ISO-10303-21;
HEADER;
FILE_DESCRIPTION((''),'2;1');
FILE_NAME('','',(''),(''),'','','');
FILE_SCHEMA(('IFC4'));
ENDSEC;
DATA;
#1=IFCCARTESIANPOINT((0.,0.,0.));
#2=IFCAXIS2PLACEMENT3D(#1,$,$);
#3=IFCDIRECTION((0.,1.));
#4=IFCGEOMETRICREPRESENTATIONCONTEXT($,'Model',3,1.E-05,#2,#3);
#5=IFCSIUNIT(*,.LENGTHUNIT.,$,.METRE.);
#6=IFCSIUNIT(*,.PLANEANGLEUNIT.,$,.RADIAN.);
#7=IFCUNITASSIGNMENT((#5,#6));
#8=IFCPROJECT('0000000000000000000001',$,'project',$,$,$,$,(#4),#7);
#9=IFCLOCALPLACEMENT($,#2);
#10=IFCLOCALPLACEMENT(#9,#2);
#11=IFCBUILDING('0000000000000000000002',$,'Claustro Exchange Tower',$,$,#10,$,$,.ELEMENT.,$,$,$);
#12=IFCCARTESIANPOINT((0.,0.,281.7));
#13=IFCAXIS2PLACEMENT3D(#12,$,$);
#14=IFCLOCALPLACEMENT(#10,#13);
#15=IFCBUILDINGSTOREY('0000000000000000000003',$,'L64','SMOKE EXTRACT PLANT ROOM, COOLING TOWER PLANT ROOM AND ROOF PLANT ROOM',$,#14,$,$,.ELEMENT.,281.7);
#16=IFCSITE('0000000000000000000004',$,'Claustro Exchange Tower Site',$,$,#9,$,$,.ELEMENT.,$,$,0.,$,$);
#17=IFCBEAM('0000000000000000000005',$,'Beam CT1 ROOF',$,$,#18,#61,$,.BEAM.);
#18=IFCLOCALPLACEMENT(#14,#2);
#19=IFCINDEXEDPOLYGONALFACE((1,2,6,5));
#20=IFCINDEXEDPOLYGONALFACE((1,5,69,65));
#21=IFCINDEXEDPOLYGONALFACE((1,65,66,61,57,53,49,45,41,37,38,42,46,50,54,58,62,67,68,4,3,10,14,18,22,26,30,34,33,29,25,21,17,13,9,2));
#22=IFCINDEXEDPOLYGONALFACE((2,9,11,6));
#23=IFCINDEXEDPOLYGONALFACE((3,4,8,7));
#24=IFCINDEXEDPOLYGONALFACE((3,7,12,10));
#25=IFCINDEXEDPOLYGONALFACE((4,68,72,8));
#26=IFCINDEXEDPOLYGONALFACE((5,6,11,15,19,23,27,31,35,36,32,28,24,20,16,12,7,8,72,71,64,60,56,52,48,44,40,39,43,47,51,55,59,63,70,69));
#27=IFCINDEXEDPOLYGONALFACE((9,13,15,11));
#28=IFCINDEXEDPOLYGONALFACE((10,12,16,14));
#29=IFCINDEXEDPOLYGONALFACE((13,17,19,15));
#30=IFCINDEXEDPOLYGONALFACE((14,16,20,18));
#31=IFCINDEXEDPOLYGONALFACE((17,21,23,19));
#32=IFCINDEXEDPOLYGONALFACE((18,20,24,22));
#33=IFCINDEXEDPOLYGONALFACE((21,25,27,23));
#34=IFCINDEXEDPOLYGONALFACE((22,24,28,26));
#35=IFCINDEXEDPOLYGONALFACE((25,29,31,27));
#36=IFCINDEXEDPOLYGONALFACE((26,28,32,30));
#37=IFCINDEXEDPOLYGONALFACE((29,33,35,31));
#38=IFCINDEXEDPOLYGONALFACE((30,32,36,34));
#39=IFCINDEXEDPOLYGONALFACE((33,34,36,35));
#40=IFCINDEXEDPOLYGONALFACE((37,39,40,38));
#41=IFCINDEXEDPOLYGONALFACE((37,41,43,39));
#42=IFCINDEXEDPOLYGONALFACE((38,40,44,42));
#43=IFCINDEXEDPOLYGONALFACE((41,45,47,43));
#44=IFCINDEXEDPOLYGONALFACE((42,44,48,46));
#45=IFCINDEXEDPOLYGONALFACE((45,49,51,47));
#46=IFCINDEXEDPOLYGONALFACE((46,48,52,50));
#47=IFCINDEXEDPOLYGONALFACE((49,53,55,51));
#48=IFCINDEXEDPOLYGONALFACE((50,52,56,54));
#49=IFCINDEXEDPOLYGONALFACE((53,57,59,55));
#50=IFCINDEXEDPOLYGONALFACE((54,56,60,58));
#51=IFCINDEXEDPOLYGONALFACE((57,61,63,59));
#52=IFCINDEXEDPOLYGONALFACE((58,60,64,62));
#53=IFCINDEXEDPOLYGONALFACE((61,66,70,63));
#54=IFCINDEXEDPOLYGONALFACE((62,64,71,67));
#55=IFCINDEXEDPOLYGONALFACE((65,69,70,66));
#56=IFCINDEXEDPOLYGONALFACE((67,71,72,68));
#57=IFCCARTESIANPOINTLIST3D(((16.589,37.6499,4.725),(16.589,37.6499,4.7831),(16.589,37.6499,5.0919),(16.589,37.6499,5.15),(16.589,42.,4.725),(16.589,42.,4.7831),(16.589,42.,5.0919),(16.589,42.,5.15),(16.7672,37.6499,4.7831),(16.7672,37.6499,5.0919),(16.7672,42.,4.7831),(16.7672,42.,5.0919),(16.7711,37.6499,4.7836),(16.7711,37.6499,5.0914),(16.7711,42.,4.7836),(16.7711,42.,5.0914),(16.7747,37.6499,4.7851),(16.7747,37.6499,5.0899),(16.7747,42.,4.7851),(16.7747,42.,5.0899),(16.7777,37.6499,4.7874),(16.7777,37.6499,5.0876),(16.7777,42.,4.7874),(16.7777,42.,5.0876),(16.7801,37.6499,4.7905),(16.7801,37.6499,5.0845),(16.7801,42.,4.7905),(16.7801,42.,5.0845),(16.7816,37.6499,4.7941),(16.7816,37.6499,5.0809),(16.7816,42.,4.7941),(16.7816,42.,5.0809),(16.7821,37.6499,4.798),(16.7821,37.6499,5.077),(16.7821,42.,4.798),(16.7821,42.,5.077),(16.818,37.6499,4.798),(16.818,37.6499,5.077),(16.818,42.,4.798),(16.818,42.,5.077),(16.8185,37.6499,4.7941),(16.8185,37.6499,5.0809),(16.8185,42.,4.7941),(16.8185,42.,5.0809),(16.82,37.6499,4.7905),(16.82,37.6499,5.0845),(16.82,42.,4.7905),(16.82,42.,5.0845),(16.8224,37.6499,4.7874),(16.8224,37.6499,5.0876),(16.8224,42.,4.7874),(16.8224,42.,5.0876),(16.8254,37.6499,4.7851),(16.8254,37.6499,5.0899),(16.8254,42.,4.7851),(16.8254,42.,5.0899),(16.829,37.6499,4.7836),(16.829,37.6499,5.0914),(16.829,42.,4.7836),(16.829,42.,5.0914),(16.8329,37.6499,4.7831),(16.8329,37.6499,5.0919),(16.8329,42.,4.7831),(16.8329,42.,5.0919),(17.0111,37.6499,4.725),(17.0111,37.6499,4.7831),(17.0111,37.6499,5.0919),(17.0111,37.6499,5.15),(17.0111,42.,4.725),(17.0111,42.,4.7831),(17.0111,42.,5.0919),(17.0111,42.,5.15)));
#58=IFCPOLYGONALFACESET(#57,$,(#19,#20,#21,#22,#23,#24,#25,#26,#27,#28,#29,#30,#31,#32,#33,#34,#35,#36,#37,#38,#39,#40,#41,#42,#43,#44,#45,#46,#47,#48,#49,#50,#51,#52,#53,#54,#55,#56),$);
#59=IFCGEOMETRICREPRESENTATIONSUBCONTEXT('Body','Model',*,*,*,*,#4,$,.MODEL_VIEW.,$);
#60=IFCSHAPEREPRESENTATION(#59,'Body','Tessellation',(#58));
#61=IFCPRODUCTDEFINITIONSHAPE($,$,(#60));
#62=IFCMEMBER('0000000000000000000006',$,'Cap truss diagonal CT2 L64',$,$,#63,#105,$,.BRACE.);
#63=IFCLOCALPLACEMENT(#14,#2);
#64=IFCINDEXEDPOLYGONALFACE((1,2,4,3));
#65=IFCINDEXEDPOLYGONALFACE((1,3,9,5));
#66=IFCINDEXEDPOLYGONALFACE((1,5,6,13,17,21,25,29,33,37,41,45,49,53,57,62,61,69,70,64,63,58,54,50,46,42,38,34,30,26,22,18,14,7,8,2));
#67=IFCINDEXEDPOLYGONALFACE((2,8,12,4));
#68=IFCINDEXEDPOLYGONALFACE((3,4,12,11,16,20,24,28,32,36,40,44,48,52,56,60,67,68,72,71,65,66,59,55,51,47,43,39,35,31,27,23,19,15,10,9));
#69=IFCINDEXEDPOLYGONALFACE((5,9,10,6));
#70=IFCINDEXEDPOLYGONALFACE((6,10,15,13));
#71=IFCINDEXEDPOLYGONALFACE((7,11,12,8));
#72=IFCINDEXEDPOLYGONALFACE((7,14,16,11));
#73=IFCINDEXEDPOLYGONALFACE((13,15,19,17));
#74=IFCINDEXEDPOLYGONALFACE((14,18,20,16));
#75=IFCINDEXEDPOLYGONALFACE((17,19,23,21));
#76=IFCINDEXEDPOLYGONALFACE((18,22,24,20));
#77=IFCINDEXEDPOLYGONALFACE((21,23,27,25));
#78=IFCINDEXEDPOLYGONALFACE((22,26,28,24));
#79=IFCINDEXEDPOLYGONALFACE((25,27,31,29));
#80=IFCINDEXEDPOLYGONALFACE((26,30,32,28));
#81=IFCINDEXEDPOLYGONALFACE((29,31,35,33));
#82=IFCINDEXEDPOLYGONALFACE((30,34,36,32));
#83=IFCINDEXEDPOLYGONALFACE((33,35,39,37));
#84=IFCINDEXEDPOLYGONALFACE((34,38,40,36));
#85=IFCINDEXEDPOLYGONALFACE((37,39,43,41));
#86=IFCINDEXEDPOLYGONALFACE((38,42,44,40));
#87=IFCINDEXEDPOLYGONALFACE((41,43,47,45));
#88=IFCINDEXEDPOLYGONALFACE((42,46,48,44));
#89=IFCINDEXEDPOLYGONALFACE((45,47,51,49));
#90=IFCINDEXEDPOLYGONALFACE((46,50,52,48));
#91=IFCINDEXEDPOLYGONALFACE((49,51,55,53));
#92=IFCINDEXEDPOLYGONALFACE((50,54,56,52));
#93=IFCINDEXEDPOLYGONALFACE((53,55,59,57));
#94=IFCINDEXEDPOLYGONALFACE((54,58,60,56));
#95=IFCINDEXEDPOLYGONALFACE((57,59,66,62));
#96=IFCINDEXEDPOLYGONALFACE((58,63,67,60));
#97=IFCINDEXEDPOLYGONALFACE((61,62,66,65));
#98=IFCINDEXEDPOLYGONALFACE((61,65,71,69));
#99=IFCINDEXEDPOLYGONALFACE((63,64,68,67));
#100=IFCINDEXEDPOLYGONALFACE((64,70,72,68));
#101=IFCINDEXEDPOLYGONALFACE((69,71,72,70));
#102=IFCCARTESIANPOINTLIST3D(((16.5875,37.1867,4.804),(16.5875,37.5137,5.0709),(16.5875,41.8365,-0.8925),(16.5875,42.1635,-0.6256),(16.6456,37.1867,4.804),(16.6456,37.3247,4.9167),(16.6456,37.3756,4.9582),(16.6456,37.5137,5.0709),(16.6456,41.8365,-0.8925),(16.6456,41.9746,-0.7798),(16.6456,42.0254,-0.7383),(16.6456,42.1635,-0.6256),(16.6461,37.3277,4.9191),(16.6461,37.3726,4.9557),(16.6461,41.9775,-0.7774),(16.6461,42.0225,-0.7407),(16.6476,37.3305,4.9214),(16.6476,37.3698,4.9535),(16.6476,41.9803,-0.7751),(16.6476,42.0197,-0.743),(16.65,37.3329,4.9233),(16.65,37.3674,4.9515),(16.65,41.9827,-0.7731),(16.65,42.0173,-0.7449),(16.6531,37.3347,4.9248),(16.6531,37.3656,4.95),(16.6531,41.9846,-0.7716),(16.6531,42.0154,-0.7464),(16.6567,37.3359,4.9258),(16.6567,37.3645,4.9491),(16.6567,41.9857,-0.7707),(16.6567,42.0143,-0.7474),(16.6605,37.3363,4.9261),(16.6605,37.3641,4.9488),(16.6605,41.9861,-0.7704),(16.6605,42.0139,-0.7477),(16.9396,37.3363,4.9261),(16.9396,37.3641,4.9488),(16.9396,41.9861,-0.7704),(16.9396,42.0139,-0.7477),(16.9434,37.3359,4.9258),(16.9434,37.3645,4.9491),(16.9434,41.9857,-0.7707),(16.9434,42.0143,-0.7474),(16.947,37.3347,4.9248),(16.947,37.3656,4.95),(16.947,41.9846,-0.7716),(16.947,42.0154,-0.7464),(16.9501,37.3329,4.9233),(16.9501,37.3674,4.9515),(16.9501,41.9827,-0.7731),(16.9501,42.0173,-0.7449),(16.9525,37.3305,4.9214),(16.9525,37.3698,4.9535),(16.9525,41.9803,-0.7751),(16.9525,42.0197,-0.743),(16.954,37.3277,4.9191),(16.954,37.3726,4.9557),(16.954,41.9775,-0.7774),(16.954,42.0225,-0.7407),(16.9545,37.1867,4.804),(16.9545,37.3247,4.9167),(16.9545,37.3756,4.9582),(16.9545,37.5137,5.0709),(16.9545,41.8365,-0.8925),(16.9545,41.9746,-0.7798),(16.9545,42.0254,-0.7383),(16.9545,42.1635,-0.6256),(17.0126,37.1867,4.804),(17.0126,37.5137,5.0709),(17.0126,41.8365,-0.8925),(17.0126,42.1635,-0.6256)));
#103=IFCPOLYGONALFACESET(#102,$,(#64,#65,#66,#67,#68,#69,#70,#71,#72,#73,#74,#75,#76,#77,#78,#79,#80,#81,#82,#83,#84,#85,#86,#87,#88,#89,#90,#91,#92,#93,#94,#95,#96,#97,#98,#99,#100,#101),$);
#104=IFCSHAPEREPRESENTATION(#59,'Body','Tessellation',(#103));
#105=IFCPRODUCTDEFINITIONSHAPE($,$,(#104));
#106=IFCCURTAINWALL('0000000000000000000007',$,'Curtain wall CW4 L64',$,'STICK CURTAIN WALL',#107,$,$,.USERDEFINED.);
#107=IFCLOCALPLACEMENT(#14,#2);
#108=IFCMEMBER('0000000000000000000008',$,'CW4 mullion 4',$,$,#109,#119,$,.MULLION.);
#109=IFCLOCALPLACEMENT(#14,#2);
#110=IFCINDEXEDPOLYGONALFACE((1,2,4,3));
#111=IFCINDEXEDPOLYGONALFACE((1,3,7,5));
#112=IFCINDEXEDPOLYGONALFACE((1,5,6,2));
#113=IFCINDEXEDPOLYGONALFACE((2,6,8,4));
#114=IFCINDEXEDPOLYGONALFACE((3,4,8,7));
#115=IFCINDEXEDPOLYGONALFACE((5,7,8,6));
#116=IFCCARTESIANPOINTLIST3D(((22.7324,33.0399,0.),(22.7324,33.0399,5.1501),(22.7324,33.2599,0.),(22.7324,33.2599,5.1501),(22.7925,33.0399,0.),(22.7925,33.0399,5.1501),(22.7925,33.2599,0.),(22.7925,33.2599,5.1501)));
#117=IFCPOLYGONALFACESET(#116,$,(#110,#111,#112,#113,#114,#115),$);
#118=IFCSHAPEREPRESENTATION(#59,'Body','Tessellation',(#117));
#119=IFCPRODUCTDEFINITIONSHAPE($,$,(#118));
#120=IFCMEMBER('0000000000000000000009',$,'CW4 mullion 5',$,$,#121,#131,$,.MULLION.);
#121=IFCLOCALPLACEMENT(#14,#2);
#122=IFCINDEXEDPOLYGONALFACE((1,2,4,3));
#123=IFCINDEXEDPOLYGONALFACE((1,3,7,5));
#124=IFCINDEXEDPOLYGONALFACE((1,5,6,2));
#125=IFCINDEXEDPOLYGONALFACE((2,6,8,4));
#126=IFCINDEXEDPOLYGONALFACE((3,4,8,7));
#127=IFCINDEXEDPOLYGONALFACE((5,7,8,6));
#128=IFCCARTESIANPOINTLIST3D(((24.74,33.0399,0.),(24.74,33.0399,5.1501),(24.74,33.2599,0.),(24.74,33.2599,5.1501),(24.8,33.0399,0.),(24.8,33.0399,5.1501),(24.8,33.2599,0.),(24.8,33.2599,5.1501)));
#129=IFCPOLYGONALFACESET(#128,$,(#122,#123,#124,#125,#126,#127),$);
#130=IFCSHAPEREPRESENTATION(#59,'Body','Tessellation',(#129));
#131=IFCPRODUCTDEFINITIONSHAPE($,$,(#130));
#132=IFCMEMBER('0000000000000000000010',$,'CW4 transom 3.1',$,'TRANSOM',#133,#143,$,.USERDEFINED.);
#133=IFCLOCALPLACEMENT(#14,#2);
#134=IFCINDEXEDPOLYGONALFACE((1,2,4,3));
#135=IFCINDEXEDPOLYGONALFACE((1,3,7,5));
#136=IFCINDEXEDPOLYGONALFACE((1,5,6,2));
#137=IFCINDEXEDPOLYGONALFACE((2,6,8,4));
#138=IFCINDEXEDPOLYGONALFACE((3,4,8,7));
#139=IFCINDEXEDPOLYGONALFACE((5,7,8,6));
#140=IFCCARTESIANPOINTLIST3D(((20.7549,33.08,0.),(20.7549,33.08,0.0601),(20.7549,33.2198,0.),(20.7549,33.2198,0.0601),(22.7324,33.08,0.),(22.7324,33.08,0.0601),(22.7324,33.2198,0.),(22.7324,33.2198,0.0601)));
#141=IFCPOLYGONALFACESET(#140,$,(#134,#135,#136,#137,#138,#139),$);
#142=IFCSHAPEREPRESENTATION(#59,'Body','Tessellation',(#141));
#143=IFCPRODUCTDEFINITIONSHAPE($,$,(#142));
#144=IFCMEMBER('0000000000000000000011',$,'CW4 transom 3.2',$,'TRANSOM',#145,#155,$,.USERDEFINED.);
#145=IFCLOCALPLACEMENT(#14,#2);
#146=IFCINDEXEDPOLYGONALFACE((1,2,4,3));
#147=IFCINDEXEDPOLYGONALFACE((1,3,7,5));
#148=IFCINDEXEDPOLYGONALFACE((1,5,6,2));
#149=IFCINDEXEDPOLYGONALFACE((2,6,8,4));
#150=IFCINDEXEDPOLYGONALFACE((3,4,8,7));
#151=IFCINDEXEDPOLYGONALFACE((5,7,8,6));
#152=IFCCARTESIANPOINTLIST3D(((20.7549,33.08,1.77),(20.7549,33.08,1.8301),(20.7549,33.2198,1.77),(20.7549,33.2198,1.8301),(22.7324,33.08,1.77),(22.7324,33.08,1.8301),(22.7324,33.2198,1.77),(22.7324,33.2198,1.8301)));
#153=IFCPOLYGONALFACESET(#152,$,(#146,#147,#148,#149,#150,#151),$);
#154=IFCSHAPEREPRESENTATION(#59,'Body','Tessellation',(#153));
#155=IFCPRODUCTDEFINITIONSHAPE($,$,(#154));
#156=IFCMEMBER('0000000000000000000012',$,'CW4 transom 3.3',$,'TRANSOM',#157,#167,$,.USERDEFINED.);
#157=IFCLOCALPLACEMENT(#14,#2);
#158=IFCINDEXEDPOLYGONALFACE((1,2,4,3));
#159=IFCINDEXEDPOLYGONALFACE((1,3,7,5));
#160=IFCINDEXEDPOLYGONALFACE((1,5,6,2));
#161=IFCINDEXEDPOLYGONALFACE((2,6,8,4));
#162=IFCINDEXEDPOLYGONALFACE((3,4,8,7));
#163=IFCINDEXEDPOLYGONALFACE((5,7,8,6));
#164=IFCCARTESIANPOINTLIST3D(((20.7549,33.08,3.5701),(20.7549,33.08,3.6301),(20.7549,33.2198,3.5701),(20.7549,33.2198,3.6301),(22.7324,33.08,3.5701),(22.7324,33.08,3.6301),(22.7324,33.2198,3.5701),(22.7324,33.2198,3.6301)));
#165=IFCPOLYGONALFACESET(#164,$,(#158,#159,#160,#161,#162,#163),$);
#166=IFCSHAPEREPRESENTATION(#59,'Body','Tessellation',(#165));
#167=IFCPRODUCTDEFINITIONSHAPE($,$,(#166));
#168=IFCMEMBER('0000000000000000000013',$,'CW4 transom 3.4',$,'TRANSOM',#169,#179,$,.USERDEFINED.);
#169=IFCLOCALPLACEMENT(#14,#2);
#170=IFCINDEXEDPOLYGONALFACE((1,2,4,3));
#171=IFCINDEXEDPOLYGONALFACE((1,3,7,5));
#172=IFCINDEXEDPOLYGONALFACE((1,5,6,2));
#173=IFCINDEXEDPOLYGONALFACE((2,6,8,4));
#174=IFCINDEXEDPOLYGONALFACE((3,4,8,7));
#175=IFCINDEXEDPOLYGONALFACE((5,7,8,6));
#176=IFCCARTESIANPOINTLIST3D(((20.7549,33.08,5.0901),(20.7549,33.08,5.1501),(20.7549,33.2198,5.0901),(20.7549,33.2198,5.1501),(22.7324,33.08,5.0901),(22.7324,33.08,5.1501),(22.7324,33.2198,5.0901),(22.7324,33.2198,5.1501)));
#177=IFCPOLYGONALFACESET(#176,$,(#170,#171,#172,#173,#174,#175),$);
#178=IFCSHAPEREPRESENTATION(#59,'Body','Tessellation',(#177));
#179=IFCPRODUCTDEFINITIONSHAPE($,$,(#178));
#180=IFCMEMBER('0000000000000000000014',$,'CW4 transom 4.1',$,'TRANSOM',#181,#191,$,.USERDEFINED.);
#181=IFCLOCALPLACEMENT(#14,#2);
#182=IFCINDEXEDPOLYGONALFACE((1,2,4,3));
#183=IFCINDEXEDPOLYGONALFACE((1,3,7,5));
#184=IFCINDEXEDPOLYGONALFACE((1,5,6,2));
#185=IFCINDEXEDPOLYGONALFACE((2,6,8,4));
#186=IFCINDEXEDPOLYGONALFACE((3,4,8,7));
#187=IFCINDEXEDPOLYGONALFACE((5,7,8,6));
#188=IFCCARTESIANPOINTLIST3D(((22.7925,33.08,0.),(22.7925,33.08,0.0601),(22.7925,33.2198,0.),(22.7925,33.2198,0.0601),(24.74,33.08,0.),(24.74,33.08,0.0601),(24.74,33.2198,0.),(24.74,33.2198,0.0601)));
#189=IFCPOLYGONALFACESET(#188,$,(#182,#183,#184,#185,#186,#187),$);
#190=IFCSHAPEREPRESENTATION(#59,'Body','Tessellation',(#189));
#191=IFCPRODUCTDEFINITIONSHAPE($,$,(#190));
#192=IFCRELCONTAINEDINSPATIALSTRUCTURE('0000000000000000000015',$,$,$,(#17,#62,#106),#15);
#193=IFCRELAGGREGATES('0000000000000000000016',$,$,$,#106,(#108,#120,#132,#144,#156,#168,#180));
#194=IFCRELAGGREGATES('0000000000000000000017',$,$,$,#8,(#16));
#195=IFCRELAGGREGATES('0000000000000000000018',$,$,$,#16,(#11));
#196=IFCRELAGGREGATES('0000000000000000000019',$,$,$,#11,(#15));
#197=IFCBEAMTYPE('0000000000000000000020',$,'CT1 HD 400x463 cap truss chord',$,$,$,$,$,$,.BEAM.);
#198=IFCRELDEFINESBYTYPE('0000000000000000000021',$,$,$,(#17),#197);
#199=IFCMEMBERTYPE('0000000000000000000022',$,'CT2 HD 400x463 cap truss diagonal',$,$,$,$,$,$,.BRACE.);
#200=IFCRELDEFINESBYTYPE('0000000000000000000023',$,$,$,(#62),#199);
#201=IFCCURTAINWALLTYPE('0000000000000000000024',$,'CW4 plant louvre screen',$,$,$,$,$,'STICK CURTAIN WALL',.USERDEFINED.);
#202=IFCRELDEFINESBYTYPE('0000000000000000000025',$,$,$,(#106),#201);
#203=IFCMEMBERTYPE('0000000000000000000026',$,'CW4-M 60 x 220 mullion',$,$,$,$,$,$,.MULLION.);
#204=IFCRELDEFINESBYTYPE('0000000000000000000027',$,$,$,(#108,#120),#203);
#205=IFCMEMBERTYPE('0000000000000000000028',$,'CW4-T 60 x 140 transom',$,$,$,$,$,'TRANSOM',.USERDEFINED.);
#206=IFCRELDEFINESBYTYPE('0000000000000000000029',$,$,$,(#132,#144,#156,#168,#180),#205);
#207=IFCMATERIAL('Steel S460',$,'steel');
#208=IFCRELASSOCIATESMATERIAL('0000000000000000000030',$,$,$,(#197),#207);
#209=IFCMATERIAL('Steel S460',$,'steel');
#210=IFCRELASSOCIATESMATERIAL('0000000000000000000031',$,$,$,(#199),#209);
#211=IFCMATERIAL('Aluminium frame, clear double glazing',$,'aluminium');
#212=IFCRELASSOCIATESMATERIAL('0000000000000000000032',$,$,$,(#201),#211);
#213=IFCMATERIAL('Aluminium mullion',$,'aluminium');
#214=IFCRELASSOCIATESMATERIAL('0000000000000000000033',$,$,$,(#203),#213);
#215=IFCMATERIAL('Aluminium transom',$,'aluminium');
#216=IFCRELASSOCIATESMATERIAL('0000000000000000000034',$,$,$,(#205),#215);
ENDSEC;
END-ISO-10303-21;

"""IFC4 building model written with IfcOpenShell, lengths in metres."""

from ifc_helpers import new_model, si_unit, direction, frame, origin, origin_2d, place, context, subcontext, project, spatial, rectangle, i_section, extrude, material, material_profile, profile_set, type_object, element, aggregate, save


model = new_model("IFC4")

# Units and contexts
model_context = context("Model", 3, precision=1e-05, world=origin(), true_north=direction((0.0, 1.0)))
body_context = subcontext(model_context, "Body", "Model", "MODEL_VIEW")
ifc_project = project(units=[si_unit("LENGTHUNIT", "METRE"), si_unit("PLANEANGLEUNIT", "RADIAN")], contexts=[model_context])

# Site, building, storey
site_placement = place(None, origin())
site = spatial("IfcSite", under=ifc_project, at=site_placement, Name="Claustro Exchange Tower Site", CompositionType="ELEMENT", RefElevation=0.0)
building_placement = place(site_placement, origin())
building = spatial("IfcBuilding", under=site, at=building_placement, Name="Claustro Exchange Tower", CompositionType="ELEMENT")
storey_placement = place(building_placement, frame((0.0, 0.0, 281.7)))
storey = spatial("IfcBuildingStorey", under=building, at=storey_placement, Name="L64", Description="SMOKE EXTRACT PLANT ROOM, COOLING TOWER PLANT ROOM AND ROOF PLANT ROOM", CompositionType="ELEMENT", Elevation=281.7)

# Beam
ifc_material_1 = material(Name="Steel S460", Category="steel")
ifc_material_profile_1 = material_profile(ifc_material_1, i_section(OverallWidth=0.4221, OverallDepth=0.425, WebThickness=0.0359, FlangeThickness=0.0581, FilletRadius=0.0149, at=origin_2d()), Name="HD 400x463")
ifc_profile_set_1 = profile_set([ifc_material_profile_1], Name="Steel S460")
beam_type_1 = type_object("IfcBeamType", Name="CT1 HD 400x463 cap truss chord", PredefinedType="BEAM", material=ifc_profile_set_1)
beam_1_placement = place(storey_placement, frame((16.8, 37.6499, 4.9375), z_axis=(0.0, 1.0, 0.0), x_axis=(-1.0, 0.0, 0.0)))
element("IfcBeam", 1, at=beam_1_placement, inside=storey, type_object=beam_type_1, Name="Beam CT1 ROOF", PredefinedType="BEAM", context=body_context, shape_type="SweptSolid", body=[
    extrude(i_section(OverallWidth=0.4221, OverallDepth=0.425, WebThickness=0.0359, FlangeThickness=0.0581, FilletRadius=0.0149, at=origin_2d()), origin(), (0.0, 0.0, 1.0), 4.3501),
])

# Member
ifc_material_2 = material(Name="Steel S460", Category="steel")
ifc_material_profile_2 = material_profile(ifc_material_2, i_section(OverallWidth=0.4221, OverallDepth=0.425, WebThickness=0.0359, FlangeThickness=0.0581, FilletRadius=0.0149, at=origin_2d()), Name="HD 400x463")
ifc_profile_set_2 = profile_set([ifc_material_profile_2], Name="Steel S460")
member_type_1 = type_object("IfcMemberType", Name="CT2 HD 400x463 cap truss diagonal", PredefinedType="BRACE", material=ifc_profile_set_2)
member_1_placement = place(storey_placement, frame((16.8, 42.0, -0.759), z_axis=(0.0, -0.63235, 0.774683), x_axis=(0.0, 0.774683, 0.63235)))
element("IfcMember", 2, at=member_1_placement, inside=storey, type_object=member_type_1, Name="Cap truss diagonal CT2 L64", PredefinedType="BRACE", context=body_context, shape_type="SweptSolid", body=[
    extrude(i_section(OverallWidth=0.4221, OverallDepth=0.425, WebThickness=0.0359, FlangeThickness=0.0581, FilletRadius=0.0149, at=origin_2d()), origin(), (0.0, 0.0, 1.0), 7.3533),
])

# Curtain wall, members
ifc_material_3 = material(Name="Aluminium frame, clear double glazing", Category="aluminium")
curtain_wall_type = type_object("IfcCurtainWallType", Name="CW4 plant louvre screen", ElementType="STICK CURTAIN WALL", PredefinedType="USERDEFINED", material=ifc_material_3)
curtain_wall_placement = place(storey_placement, origin())
curtain_wall = element("IfcCurtainWall", 3, at=curtain_wall_placement, inside=storey, type_object=curtain_wall_type, Name="Curtain wall CW4 L64", ObjectType="STICK CURTAIN WALL", PredefinedType="USERDEFINED")
ifc_material_4 = material(Name="Aluminium mullion", Category="aluminium")
ifc_material_profile_3 = material_profile(ifc_material_4, rectangle(XDim=0.22, YDim=0.0601, at=origin_2d()), Name="CW4-M 60x220")
ifc_profile_set_3 = profile_set([ifc_material_profile_3], Name="Aluminium mullion")
member_type_2 = type_object("IfcMemberType", Name="CW4-M 60 x 220 mullion", PredefinedType="MULLION", material=ifc_profile_set_3)
member_2_placement = place(storey_placement, frame((22.7625, 33.1499, 0.0), z_axis=(0.0, 0.0, 1.0), x_axis=(0.0, 1.0, 0.0)))
member_2 = element("IfcMember", 4, at=member_2_placement, type_object=member_type_2, Name="CW4 mullion 4", PredefinedType="MULLION", context=body_context, shape_type="SweptSolid", body=[
    extrude(rectangle(XDim=0.22, YDim=0.0601, at=origin_2d()), origin(), (0.0, 0.0, 1.0), 5.1501),
])
member_3_placement = place(storey_placement, frame((24.77, 33.1499, 0.0), z_axis=(0.0, 0.0, 1.0), x_axis=(0.0, 1.0, 0.0)))
member_3 = element("IfcMember", 5, at=member_3_placement, type_object=member_type_2, Name="CW4 mullion 5", PredefinedType="MULLION", context=body_context, shape_type="SweptSolid", body=[
    extrude(rectangle(XDim=0.22, YDim=0.0601, at=origin_2d()), origin(), (0.0, 0.0, 1.0), 5.1501),
])
ifc_material_5 = material(Name="Aluminium transom", Category="aluminium")
ifc_material_profile_4 = material_profile(ifc_material_5, rectangle(XDim=0.1399, YDim=0.0601, at=origin_2d()), Name="CW4-T 60x140")
ifc_profile_set_4 = profile_set([ifc_material_profile_4], Name="Aluminium transom")
member_type_3 = type_object("IfcMemberType", Name="CW4-T 60 x 140 transom", ElementType="TRANSOM", PredefinedType="USERDEFINED", material=ifc_profile_set_4)
member_4_placement = place(storey_placement, frame((20.7549, 33.1499, 0.03), z_axis=(1.0, 0.0, 0.0), x_axis=(0.0, 1.0, 0.0)))
member_4 = element("IfcMember", 6, at=member_4_placement, type_object=member_type_3, Name="CW4 transom 3.1", ObjectType="TRANSOM", PredefinedType="USERDEFINED", context=body_context, shape_type="SweptSolid", body=[
    extrude(rectangle(XDim=0.1399, YDim=0.0601, at=origin_2d()), origin(), (0.0, 0.0, 1.0), 1.9775),
])
member_5_placement = place(storey_placement, frame((20.7549, 33.1499, 1.8), z_axis=(1.0, 0.0, 0.0), x_axis=(0.0, 1.0, 0.0)))
member_5 = element("IfcMember", 7, at=member_5_placement, type_object=member_type_3, Name="CW4 transom 3.2", ObjectType="TRANSOM", PredefinedType="USERDEFINED", context=body_context, shape_type="SweptSolid", body=[
    extrude(rectangle(XDim=0.1399, YDim=0.0601, at=origin_2d()), origin(), (0.0, 0.0, 1.0), 1.9775),
])
member_6_placement = place(storey_placement, frame((20.7549, 33.1499, 3.6001), z_axis=(1.0, 0.0, 0.0), x_axis=(0.0, 1.0, 0.0)))
member_6 = element("IfcMember", 8, at=member_6_placement, type_object=member_type_3, Name="CW4 transom 3.3", ObjectType="TRANSOM", PredefinedType="USERDEFINED", context=body_context, shape_type="SweptSolid", body=[
    extrude(rectangle(XDim=0.1399, YDim=0.0601, at=origin_2d()), origin(), (0.0, 0.0, 1.0), 1.9775),
])
member_7_placement = place(storey_placement, frame((20.7549, 33.1499, 5.1201), z_axis=(1.0, 0.0, 0.0), x_axis=(0.0, 1.0, 0.0)))
member_7 = element("IfcMember", 9, at=member_7_placement, type_object=member_type_3, Name="CW4 transom 3.4", ObjectType="TRANSOM", PredefinedType="USERDEFINED", context=body_context, shape_type="SweptSolid", body=[
    extrude(rectangle(XDim=0.1399, YDim=0.0601, at=origin_2d()), origin(), (0.0, 0.0, 1.0), 1.9775),
])
member_8_placement = place(storey_placement, frame((22.7925, 33.1499, 0.03), z_axis=(1.0, 0.0, 0.0), x_axis=(0.0, 1.0, 0.0)))
member_8 = element("IfcMember", 10, at=member_8_placement, type_object=member_type_3, Name="CW4 transom 4.1", ObjectType="TRANSOM", PredefinedType="USERDEFINED", context=body_context, shape_type="SweptSolid", body=[
    extrude(rectangle(XDim=0.1399, YDim=0.0601, at=origin_2d()), origin(), (0.0, 0.0, 1.0), 1.9475),
])
aggregate(curtain_wall, [member_2, member_3, member_4, member_5, member_6, member_7, member_8])

save(model, "model.ifc")
